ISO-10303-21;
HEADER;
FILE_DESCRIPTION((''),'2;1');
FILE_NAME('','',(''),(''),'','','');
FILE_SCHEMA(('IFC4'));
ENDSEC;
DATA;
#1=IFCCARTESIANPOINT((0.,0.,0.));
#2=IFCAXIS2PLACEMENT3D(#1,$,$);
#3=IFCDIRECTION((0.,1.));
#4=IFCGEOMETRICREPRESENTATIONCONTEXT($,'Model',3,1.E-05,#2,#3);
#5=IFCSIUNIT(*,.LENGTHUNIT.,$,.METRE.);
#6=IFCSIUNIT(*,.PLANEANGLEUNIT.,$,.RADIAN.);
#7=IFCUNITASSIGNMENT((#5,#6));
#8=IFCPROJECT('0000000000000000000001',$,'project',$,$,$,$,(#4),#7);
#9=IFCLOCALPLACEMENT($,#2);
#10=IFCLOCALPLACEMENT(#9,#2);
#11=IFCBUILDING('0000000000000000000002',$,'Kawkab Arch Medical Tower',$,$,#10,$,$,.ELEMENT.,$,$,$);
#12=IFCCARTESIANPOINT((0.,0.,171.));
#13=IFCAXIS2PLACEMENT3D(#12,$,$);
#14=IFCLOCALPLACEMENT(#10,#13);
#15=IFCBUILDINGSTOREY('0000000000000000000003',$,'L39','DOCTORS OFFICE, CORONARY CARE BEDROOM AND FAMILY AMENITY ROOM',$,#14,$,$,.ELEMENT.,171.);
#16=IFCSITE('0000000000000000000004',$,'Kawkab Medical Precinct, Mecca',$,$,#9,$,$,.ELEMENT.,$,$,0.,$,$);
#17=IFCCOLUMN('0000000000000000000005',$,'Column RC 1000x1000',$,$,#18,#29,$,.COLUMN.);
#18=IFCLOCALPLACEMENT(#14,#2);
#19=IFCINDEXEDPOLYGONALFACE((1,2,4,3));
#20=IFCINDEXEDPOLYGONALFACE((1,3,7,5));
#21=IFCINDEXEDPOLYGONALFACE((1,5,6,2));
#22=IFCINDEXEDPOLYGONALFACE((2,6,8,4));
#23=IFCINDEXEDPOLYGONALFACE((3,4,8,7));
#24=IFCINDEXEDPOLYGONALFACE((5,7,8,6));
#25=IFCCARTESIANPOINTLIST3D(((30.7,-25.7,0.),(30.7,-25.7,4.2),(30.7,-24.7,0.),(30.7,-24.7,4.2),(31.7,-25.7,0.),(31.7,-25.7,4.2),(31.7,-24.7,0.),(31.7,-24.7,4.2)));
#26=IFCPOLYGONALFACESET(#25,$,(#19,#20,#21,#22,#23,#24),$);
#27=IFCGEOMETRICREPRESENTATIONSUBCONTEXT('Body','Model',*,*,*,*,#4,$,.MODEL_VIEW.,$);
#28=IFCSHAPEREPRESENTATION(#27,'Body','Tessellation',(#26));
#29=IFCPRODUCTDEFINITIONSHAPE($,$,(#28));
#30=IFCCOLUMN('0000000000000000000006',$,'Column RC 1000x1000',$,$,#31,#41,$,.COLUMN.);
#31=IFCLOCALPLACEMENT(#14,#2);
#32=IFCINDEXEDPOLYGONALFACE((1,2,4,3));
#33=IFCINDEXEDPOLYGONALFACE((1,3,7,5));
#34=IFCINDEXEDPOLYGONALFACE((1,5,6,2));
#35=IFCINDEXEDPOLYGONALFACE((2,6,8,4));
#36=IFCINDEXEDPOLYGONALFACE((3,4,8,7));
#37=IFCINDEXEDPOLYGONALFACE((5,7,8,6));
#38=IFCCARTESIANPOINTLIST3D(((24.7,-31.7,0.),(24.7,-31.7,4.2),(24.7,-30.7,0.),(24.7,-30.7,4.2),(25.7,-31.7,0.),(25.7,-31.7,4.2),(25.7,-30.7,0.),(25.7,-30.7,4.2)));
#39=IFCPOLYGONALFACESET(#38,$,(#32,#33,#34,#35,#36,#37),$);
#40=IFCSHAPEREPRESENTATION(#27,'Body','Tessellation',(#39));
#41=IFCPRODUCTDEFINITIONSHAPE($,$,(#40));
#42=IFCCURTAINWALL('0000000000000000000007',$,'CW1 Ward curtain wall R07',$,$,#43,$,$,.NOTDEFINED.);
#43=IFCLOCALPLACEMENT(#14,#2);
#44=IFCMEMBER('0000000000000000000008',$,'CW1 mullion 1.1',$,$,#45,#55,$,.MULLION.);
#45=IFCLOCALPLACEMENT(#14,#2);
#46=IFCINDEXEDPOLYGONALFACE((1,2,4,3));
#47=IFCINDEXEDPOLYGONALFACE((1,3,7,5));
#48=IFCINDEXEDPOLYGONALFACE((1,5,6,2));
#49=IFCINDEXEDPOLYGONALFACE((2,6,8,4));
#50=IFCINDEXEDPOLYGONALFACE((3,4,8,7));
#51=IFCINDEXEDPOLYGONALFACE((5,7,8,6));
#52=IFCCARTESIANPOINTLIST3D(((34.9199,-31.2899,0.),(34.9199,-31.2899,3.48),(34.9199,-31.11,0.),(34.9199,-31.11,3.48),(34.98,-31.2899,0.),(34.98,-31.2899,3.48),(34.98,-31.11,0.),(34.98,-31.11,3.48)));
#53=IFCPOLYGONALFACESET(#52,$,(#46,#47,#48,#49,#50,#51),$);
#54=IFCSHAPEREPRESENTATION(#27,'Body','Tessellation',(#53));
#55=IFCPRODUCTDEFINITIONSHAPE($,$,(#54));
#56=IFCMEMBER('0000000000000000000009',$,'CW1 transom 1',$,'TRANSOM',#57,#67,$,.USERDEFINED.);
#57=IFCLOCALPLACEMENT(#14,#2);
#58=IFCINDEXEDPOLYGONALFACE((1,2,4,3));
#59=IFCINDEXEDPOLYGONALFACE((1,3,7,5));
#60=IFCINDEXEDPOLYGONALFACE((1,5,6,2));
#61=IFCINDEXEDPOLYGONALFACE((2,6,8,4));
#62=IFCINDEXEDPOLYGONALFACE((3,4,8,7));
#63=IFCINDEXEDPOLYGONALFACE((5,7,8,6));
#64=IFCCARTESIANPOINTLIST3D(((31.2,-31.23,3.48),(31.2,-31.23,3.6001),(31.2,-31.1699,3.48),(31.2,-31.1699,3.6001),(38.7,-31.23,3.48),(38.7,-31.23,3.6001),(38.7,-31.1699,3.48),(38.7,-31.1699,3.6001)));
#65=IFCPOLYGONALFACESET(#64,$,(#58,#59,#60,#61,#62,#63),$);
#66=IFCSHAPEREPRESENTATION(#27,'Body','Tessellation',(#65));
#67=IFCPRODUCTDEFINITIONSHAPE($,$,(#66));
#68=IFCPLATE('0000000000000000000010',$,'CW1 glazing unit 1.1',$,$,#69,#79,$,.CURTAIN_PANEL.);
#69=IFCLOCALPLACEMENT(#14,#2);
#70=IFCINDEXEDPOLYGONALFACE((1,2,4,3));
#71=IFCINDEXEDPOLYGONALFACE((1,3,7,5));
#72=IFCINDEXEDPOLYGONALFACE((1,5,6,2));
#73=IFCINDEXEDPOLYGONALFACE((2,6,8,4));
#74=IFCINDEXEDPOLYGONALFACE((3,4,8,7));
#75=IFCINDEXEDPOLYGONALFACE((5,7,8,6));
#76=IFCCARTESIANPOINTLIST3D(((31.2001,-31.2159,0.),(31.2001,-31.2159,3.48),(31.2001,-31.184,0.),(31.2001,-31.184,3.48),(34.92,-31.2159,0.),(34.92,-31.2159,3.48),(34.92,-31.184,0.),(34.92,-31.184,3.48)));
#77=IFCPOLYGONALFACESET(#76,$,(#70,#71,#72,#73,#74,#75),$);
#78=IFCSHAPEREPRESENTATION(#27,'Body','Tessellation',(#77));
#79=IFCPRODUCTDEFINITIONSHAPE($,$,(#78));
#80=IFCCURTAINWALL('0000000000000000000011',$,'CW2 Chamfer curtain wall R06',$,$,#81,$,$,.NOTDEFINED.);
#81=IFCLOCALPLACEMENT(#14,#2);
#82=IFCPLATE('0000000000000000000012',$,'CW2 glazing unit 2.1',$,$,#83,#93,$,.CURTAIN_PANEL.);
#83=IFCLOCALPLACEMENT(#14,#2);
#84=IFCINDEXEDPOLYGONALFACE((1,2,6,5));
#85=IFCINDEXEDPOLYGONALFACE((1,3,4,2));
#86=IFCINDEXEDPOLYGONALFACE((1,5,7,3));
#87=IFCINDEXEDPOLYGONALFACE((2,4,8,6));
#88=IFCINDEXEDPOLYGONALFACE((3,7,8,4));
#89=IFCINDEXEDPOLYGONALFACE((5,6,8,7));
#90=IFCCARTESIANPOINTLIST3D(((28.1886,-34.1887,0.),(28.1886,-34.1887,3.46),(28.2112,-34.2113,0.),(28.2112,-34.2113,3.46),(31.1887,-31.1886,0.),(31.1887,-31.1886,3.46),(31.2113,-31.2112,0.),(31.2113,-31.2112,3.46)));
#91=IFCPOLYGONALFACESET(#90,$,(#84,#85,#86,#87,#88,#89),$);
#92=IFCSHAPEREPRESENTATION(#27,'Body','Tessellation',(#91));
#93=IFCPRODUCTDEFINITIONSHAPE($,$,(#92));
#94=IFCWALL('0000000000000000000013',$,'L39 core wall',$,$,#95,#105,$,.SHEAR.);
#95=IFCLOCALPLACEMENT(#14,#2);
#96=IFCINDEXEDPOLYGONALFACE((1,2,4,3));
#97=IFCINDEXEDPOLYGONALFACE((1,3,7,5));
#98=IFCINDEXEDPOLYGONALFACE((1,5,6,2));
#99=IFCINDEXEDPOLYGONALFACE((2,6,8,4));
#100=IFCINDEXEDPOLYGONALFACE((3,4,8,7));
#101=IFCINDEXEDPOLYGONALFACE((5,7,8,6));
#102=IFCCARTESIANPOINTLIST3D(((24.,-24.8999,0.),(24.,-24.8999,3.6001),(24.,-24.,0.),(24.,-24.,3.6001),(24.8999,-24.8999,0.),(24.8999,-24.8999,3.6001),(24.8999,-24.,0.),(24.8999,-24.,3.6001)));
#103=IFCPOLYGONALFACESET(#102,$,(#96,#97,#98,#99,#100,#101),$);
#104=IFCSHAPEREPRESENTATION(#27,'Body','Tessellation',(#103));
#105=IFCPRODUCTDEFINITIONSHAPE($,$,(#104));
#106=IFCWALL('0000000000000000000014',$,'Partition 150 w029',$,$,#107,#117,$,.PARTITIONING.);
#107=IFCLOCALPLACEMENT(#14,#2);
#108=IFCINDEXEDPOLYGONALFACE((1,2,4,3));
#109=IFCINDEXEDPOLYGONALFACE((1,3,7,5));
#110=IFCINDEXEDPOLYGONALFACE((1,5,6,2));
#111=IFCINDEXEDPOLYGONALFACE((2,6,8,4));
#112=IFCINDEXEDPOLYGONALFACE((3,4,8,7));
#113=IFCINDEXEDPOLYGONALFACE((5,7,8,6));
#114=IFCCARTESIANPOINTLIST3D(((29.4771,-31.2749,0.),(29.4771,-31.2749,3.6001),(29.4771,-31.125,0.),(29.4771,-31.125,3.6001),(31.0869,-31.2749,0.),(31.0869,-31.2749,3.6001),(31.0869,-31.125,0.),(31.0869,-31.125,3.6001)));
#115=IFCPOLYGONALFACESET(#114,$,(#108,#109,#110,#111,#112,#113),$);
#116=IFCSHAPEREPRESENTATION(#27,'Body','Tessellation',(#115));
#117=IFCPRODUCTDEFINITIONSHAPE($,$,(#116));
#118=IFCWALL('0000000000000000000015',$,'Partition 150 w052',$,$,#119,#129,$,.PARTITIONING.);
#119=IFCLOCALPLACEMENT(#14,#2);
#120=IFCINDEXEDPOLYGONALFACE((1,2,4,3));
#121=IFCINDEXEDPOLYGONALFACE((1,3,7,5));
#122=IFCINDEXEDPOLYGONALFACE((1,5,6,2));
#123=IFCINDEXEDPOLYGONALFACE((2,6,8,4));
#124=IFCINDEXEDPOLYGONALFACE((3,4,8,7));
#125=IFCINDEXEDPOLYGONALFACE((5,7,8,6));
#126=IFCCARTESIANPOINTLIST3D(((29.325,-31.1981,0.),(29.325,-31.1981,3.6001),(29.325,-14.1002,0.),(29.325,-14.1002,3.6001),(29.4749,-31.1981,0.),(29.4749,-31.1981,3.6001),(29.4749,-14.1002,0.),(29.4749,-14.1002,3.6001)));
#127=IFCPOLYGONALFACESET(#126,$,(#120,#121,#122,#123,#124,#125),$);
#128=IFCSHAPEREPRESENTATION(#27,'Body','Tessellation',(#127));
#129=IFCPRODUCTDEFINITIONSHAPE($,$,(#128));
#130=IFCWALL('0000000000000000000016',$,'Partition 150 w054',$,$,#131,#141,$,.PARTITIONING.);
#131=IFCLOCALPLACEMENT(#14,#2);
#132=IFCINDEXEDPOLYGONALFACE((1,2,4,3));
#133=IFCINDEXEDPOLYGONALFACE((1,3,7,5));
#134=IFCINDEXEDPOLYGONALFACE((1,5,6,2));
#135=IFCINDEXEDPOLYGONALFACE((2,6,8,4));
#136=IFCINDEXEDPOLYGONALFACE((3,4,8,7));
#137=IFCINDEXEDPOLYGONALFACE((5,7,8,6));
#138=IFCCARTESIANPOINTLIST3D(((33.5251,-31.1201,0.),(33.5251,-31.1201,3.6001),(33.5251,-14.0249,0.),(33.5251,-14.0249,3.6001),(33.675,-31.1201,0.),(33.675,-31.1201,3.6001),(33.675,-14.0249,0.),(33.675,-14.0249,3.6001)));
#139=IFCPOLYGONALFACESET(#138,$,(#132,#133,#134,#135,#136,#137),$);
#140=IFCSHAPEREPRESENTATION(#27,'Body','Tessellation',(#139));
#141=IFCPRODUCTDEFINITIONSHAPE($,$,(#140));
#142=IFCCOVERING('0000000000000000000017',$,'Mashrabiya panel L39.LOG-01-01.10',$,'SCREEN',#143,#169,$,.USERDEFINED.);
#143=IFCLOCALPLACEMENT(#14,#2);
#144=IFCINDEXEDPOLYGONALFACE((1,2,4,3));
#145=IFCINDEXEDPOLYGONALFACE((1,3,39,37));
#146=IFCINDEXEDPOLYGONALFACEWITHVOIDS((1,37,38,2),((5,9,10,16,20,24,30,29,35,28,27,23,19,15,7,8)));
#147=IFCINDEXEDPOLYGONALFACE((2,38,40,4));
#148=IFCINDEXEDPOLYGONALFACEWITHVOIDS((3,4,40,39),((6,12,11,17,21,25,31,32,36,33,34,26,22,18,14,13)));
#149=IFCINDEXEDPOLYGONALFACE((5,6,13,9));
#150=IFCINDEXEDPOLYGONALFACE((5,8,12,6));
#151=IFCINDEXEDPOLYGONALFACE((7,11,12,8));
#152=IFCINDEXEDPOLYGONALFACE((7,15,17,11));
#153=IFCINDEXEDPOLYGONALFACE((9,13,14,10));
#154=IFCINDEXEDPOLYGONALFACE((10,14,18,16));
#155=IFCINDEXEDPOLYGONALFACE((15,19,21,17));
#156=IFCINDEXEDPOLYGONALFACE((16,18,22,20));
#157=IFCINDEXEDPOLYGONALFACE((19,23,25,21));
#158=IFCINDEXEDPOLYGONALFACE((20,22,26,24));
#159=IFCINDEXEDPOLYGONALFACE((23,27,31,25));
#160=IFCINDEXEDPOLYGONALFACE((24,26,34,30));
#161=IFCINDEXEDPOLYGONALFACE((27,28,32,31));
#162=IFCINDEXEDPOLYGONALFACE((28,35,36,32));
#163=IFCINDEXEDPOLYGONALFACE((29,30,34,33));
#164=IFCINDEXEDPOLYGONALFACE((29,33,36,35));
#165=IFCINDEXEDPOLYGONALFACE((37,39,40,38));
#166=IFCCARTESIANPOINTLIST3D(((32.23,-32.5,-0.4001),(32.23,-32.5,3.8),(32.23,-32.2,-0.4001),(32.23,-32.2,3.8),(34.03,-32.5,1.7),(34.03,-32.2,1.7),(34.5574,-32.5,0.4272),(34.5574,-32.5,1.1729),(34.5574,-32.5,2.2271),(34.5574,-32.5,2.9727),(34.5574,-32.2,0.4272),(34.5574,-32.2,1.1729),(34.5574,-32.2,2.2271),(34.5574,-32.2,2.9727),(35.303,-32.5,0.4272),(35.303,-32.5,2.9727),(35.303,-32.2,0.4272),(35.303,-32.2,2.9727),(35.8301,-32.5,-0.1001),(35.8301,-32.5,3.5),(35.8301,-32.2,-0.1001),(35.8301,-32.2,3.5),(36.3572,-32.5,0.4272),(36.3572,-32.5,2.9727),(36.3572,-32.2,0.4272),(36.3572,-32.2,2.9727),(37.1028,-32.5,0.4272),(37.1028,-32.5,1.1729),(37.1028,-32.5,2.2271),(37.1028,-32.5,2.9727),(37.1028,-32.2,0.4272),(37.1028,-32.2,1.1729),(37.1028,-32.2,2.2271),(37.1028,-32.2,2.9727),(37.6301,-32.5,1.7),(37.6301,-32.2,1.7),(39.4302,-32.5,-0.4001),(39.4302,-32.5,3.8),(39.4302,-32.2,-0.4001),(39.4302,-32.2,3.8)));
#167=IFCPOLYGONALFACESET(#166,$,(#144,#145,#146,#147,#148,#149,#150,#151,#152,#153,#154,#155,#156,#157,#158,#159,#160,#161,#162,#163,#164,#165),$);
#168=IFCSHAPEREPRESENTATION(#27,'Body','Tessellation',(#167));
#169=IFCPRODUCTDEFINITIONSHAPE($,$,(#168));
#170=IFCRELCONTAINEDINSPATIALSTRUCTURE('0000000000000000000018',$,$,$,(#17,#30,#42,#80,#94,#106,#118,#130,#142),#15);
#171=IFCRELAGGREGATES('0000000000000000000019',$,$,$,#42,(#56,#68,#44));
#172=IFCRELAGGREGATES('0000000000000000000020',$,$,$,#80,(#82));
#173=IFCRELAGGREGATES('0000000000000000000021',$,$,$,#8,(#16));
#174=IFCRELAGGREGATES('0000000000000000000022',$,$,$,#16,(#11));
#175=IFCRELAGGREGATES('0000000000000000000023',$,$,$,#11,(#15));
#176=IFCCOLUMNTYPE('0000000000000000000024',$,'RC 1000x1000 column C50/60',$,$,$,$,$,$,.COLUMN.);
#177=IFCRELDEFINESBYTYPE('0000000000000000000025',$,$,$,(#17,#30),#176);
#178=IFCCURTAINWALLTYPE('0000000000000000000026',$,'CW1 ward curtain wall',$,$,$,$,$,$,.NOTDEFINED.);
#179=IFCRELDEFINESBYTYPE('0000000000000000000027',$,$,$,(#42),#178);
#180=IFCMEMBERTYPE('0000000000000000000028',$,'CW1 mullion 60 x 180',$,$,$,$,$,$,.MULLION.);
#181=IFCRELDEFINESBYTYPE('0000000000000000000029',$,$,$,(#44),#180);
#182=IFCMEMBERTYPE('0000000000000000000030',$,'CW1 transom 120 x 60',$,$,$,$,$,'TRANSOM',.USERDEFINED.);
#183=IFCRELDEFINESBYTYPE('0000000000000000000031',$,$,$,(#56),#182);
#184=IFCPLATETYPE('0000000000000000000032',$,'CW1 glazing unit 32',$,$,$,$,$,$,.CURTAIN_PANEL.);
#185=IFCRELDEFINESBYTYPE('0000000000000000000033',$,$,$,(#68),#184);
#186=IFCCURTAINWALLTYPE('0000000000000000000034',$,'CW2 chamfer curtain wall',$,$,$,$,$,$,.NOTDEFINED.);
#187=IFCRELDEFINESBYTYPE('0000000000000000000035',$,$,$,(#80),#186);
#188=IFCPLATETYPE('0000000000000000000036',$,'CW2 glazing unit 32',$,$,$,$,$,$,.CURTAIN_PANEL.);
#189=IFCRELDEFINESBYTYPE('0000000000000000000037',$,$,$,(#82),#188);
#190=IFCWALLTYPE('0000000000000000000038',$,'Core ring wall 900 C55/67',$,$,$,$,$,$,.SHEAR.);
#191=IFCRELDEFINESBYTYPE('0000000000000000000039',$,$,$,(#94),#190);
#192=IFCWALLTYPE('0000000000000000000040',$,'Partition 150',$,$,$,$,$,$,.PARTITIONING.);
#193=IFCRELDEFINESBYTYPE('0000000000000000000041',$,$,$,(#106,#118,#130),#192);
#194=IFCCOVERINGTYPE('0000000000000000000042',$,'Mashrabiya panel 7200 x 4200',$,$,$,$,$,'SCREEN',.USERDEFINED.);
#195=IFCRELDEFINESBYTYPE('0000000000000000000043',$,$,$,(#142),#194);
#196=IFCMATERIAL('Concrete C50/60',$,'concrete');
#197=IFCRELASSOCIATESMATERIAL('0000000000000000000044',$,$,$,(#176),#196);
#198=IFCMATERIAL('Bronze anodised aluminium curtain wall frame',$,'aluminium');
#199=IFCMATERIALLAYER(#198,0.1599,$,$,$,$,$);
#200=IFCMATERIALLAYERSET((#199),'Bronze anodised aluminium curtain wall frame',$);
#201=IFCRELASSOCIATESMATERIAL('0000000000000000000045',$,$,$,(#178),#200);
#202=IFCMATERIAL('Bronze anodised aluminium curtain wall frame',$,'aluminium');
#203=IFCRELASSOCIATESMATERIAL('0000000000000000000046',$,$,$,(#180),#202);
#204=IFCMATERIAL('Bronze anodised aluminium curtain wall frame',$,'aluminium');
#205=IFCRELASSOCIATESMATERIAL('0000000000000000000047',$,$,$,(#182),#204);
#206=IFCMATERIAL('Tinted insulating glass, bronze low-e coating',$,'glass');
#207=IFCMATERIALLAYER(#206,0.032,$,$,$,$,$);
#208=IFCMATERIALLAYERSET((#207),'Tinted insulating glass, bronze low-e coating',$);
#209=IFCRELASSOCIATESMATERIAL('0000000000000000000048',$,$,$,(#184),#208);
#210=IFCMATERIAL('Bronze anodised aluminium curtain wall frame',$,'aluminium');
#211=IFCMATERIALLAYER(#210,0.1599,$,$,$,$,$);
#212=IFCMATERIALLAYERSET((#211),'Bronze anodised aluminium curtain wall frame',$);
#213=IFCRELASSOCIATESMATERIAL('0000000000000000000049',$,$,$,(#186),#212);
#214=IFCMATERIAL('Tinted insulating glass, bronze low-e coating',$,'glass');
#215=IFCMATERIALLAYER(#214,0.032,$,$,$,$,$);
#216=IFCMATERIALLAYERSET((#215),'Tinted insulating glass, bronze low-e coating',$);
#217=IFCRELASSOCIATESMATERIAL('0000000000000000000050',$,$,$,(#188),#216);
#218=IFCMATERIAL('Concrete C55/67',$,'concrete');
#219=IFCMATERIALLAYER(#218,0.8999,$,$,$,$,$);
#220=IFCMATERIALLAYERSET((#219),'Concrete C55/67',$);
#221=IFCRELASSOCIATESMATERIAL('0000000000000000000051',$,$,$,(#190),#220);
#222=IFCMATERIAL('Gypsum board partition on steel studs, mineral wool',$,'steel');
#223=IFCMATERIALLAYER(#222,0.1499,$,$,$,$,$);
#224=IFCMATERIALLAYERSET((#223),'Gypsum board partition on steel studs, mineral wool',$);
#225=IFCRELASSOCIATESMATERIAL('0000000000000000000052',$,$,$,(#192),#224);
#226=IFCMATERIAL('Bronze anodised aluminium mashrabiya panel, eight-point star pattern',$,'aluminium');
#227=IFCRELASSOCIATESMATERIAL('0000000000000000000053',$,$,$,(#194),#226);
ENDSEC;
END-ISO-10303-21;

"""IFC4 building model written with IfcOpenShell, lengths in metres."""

from ifc_helpers import new_model, si_unit, direction, frame, frame_2d, origin, origin_2d, place, context, subcontext, project, spatial, polyline, rectangle, outline, extrude, material, layer, layer_set, material_profile, profile_set, type_object, element, aggregate, save


model = new_model("IFC4")

# Units and contexts
model_context = context("Model", 3, precision=1e-05, world=origin(), true_north=direction((0.0, 1.0)))
body_context = subcontext(model_context, "Body", "Model", "MODEL_VIEW")
ifc_project = project(units=[si_unit("LENGTHUNIT", "METRE"), si_unit("PLANEANGLEUNIT", "RADIAN")], contexts=[model_context])

# Site, building, storey
site_placement = place(None, origin())
site = spatial("IfcSite", under=ifc_project, at=site_placement, Name="Kawkab Medical Precinct, Mecca", CompositionType="ELEMENT", RefElevation=0.0)
building_placement = place(site_placement, origin())
building = spatial("IfcBuilding", under=site, at=building_placement, Name="Kawkab Arch Medical Tower", CompositionType="ELEMENT")
storey_placement = place(building_placement, frame((0.0, 0.0, 171.0)))
storey = spatial("IfcBuildingStorey", under=building, at=storey_placement, Name="L39", Description="DOCTORS OFFICE, CORONARY CARE BEDROOM AND FAMILY AMENITY ROOM", CompositionType="ELEMENT", Elevation=171.0)

# Columns
ifc_material_1 = material(Name="Concrete C50/60", Category="concrete")
ifc_material_profile_1 = material_profile(ifc_material_1, rectangle(XDim=1.0, YDim=1.0, at=origin_2d()), Name="RC 1000x1000")
ifc_profile_set_1 = profile_set([ifc_material_profile_1], Name="Concrete C50/60")
column_type = type_object("IfcColumnType", Name="RC 1000x1000 column C50/60", PredefinedType="COLUMN", material=ifc_profile_set_1)
for number, where, z_axis, x_axis, name in (
    (1, (31.2, -25.2, 0.0), (0.0, 0.0, 1.0), (1.0, 0.0, 0.0), "Column RC 1000x1000"),
    (2, (25.2, -31.2, 0.0), (0.0, 0.0, 1.0), (1.0, 0.0, 0.0), "Column RC 1000x1000"),
):
    element("IfcColumn", number, at=place(storey_placement, frame(where, z_axis=z_axis, x_axis=x_axis)), inside=storey, type_object=column_type, Name=name, PredefinedType="COLUMN", context=body_context, shape_type="SweptSolid", body=[
        extrude(rectangle(XDim=1.0, YDim=1.0, at=origin_2d()), origin(), (0.0, 0.0, 1.0), 4.2),
    ])

# Curtain wall, members, plate
ifc_material_2 = material(Name="Bronze anodised aluminium curtain wall frame", Category="aluminium")
ifc_layer_1 = layer(ifc_material_2, 0.1599)
ifc_layer_set_1 = layer_set([ifc_layer_1], Name="Bronze anodised aluminium curtain wall frame")
curtain_wall_type_1 = type_object("IfcCurtainWallType", Name="CW1 ward curtain wall", PredefinedType="NOTDEFINED", material=ifc_layer_set_1)
placement = place(storey_placement, origin())
curtain_wall_1 = element("IfcCurtainWall", 3, at=placement, inside=storey, type_object=curtain_wall_type_1, Name="CW1 Ward curtain wall R07", PredefinedType="NOTDEFINED")
ifc_material_3 = material(Name="Bronze anodised aluminium curtain wall frame", Category="aluminium")
ifc_material_profile_2 = material_profile(ifc_material_3, rectangle(XDim=0.1799, YDim=0.0601, at=origin_2d()), Name="AL 60x180")
ifc_profile_set_2 = profile_set([ifc_material_profile_2], Name="Bronze anodised aluminium curtain wall frame")
member_type_1 = type_object("IfcMemberType", Name="CW1 mullion 60 x 180", PredefinedType="MULLION", material=ifc_profile_set_2)
member_1_placement = place(storey_placement, frame((34.95, -31.2, 0.0), z_axis=(0.0, 0.0, 1.0), x_axis=(0.0, 1.0, 0.0)))
member_1 = element("IfcMember", 4, at=member_1_placement, type_object=member_type_1, Name="CW1 mullion 1.1", PredefinedType="MULLION", context=body_context, shape_type="SweptSolid", body=[
    extrude(rectangle(XDim=0.1799, YDim=0.0601, at=origin_2d()), origin(), (0.0, 0.0, 1.0), 3.48),
])
ifc_material_4 = material(Name="Bronze anodised aluminium curtain wall frame", Category="aluminium")
ifc_material_profile_3 = material_profile(ifc_material_4, rectangle(XDim=0.0601, YDim=0.1201, at=origin_2d()), Name="AL 60x120")
ifc_profile_set_3 = profile_set([ifc_material_profile_3], Name="Bronze anodised aluminium curtain wall frame")
member_type_2 = type_object("IfcMemberType", Name="CW1 transom 120 x 60", ElementType="TRANSOM", PredefinedType="USERDEFINED", material=ifc_profile_set_3)
member_2_placement = place(storey_placement, frame((31.2, -31.2, 3.54), z_axis=(1.0, 0.0, 0.0), x_axis=(0.0, 1.0, 0.0)))
member_2 = element("IfcMember", 5, at=member_2_placement, type_object=member_type_2, Name="CW1 transom 1", ObjectType="TRANSOM", PredefinedType="USERDEFINED", context=body_context, shape_type="SweptSolid", body=[
    extrude(rectangle(XDim=0.0601, YDim=0.1201, at=origin_2d()), origin(), (0.0, 0.0, 1.0), 7.5),
])
ifc_material_5 = material(Name="Tinted insulating glass, bronze low-e coating", Category="glass")
ifc_layer_2 = layer(ifc_material_5, 0.032)
ifc_layer_set_2 = layer_set([ifc_layer_2], Name="Tinted insulating glass, bronze low-e coating")
plate_type_1 = type_object("IfcPlateType", Name="CW1 glazing unit 32", PredefinedType="CURTAIN_PANEL", material=ifc_layer_set_2)
plate_1_placement = place(storey_placement, frame((33.0601, -31.2, 0.0), z_axis=(0.0, 0.0, 1.0), x_axis=(1.0, 0.0, 0.0)))
plate_1 = element("IfcPlate", 6, at=plate_1_placement, type_object=plate_type_1, Name="CW1 glazing unit 1.1", PredefinedType="CURTAIN_PANEL", context=body_context, shape_type="SweptSolid", body=[
    extrude(rectangle(XDim=3.72, YDim=0.032, at=origin_2d()), origin(), (0.0, 0.0, 1.0), 3.48),
])
aggregate(curtain_wall_1, [member_2, plate_1, member_1])

# Curtain wall, plate
ifc_material_6 = material(Name="Bronze anodised aluminium curtain wall frame", Category="aluminium")
ifc_layer_3 = layer(ifc_material_6, 0.1599)
ifc_layer_set_3 = layer_set([ifc_layer_3], Name="Bronze anodised aluminium curtain wall frame")
curtain_wall_type_2 = type_object("IfcCurtainWallType", Name="CW2 chamfer curtain wall", PredefinedType="NOTDEFINED", material=ifc_layer_set_3)
curtain_wall_2 = element("IfcCurtainWall", 7, at=placement, inside=storey, type_object=curtain_wall_type_2, Name="CW2 Chamfer curtain wall R06", PredefinedType="NOTDEFINED")
ifc_material_7 = material(Name="Tinted insulating glass, bronze low-e coating", Category="glass")
ifc_layer_4 = layer(ifc_material_7, 0.032)
ifc_layer_set_4 = layer_set([ifc_layer_4], Name="Tinted insulating glass, bronze low-e coating")
plate_type_2 = type_object("IfcPlateType", Name="CW2 glazing unit 32", PredefinedType="CURTAIN_PANEL", material=ifc_layer_set_4)
plate_2_placement = place(storey_placement, frame((29.7, -32.7, 0.0), z_axis=(0.0, 0.0, 1.0), x_axis=(0.707107, 0.707107, 0.0)))
plate_2 = element("IfcPlate", 8, at=plate_2_placement, type_object=plate_type_2, Name="CW2 glazing unit 2.1", PredefinedType="CURTAIN_PANEL", context=body_context, shape_type="SweptSolid", body=[
    extrude(rectangle(XDim=4.2427, YDim=0.032, at=origin_2d()), origin(), (0.0, 0.0, 1.0), 3.46),
])
aggregate(curtain_wall_2, [plate_2])

# Walls
ifc_material_8 = material(Name="Concrete C55/67", Category="concrete")
ifc_layer_5 = layer(ifc_material_8, 0.8999)
ifc_layer_set_5 = layer_set([ifc_layer_5], Name="Concrete C55/67")
wall_type_1 = type_object("IfcWallType", Name="Core ring wall 900 C55/67", PredefinedType="SHEAR", material=ifc_layer_set_5)
wall_1_placement = place(storey_placement, frame((24.45, -24.8999, 0.0), z_axis=(0.0, 0.0, 1.0), x_axis=(0.0, 1.0, 0.0)))
element("IfcWall", 9, at=wall_1_placement, inside=storey, type_object=wall_type_1, Name="L39 core wall", PredefinedType="SHEAR", context=body_context, shape_type="SweptSolid", body=[
    extrude(rectangle(XDim=0.8999, YDim=0.8999, at=frame_2d((0.45, 0.0))), origin(), (0.0, 0.0, 1.0), 3.6001),
])
ifc_material_9 = material(Name="Gypsum board partition on steel studs, mineral wool", Category="steel")
ifc_layer_6 = layer(ifc_material_9, 0.1499)
ifc_layer_set_6 = layer_set([ifc_layer_6], Name="Gypsum board partition on steel studs, mineral wool")
wall_type_2 = type_object("IfcWallType", Name="Partition 150", PredefinedType="PARTITIONING", material=ifc_layer_set_6)
wall_2_placement = place(storey_placement, frame((29.4771, -31.2, 0.0), z_axis=(0.0, 0.0, 1.0), x_axis=(1.0, 0.0, 0.0)))
element("IfcWall", 10, at=wall_2_placement, inside=storey, type_object=wall_type_2, Name="Partition 150 w029", PredefinedType="PARTITIONING", context=body_context, shape_type="SweptSolid", body=[
    extrude(rectangle(XDim=1.6099, YDim=0.1499, at=frame_2d((0.8049, 0.0))), origin(), (0.0, 0.0, 1.0), 3.6001),
])
wall_3_placement = place(storey_placement, frame((29.3999, -31.198, 0.0), z_axis=(0.0, 0.0, 1.0), x_axis=(0.0, 1.0, 0.0)))
element("IfcWall", 11, at=wall_3_placement, inside=storey, type_object=wall_type_2, Name="Partition 150 w052", PredefinedType="PARTITIONING", context=body_context, shape_type="SweptSolid", body=[
    extrude(rectangle(XDim=17.0979, YDim=0.1499, at=frame_2d((8.5488, 0.0))), origin(), (0.0, 0.0, 1.0), 3.6001),
])
wall_4_placement = place(storey_placement, frame((33.6001, -31.1201, 0.0), z_axis=(0.0, 0.0, 1.0), x_axis=(0.0, 1.0, 0.0)))
element("IfcWall", 12, at=wall_4_placement, inside=storey, type_object=wall_type_2, Name="Partition 150 w054", PredefinedType="PARTITIONING", context=body_context, shape_type="SweptSolid", body=[
    extrude(rectangle(XDim=17.0952, YDim=0.1499, at=frame_2d((8.5476, 0.0))), origin(), (0.0, 0.0, 1.0), 3.6001),
])

# Covering
ifc_material_10 = material(Name="Bronze anodised aluminium mashrabiya panel, eight-point star pattern", Category="aluminium")
ifc_material_profile_4 = material_profile(ifc_material_10, outline(polyline([(-3.6001, -2.1001), (3.6001, -2.1001), (3.6001, 2.1001), (-3.6001, 2.1001), (-3.6001, -2.1001)]), holes=[polyline([(1.8, 0.0), (1.2727, 0.5271), (1.2727, 1.2727), (0.5271, 1.2727), (0.0, 1.8), (-0.5271, 1.2727), (-1.2727, 1.2727), (-1.2727, 0.5271), (-1.8, 0.0), (-1.2727, -0.5271), (-1.2727, -1.2727), (-0.5271, -1.2727), (0.0, -1.8), (0.5271, -1.2727), (1.2727, -1.2727), (1.2727, -0.5271), (1.8, 0.0)])]), Name="Mashrabiya panel 7200x4200")
ifc_profile_set_4 = profile_set([ifc_material_profile_4], Name="Bronze anodised aluminium mashrabiya panel, eight-point star pattern")
covering_type = type_object("IfcCoveringType", Name="Mashrabiya panel 7200 x 4200", ElementType="SCREEN", PredefinedType="USERDEFINED", material=ifc_profile_set_4)
covering_placement = place(storey_placement, frame((35.8301, -32.2, 1.7), z_axis=(0.0, -1.0, 0.0), x_axis=(1.0, 0.0, 0.0)))
element("IfcCovering", 13, at=covering_placement, inside=storey, type_object=covering_type, Name="Mashrabiya panel L39.LOG-01-01.10", ObjectType="SCREEN", PredefinedType="USERDEFINED", context=body_context, shape_type="SweptSolid", body=[
    extrude(outline(polyline([(-3.6001, -2.1001), (3.6001, -2.1001), (3.6001, 2.1001), (-3.6001, 2.1001), (-3.6001, -2.1001)]), holes=[polyline([(1.8, 0.0), (1.2727, 0.5271), (1.2727, 1.2727), (0.5271, 1.2727), (0.0, 1.8), (-0.5271, 1.2727), (-1.2727, 1.2727), (-1.2727, 0.5271), (-1.8, 0.0), (-1.2727, -0.5271), (-1.2727, -1.2727), (-0.5271, -1.2727), (0.0, -1.8), (0.5271, -1.2727), (1.2727, -1.2727), (1.2727, -0.5271), (1.8, 0.0)])]), origin(), (0.0, 0.0, 1.0), 0.3),
])

save(model, "model.ifc")
